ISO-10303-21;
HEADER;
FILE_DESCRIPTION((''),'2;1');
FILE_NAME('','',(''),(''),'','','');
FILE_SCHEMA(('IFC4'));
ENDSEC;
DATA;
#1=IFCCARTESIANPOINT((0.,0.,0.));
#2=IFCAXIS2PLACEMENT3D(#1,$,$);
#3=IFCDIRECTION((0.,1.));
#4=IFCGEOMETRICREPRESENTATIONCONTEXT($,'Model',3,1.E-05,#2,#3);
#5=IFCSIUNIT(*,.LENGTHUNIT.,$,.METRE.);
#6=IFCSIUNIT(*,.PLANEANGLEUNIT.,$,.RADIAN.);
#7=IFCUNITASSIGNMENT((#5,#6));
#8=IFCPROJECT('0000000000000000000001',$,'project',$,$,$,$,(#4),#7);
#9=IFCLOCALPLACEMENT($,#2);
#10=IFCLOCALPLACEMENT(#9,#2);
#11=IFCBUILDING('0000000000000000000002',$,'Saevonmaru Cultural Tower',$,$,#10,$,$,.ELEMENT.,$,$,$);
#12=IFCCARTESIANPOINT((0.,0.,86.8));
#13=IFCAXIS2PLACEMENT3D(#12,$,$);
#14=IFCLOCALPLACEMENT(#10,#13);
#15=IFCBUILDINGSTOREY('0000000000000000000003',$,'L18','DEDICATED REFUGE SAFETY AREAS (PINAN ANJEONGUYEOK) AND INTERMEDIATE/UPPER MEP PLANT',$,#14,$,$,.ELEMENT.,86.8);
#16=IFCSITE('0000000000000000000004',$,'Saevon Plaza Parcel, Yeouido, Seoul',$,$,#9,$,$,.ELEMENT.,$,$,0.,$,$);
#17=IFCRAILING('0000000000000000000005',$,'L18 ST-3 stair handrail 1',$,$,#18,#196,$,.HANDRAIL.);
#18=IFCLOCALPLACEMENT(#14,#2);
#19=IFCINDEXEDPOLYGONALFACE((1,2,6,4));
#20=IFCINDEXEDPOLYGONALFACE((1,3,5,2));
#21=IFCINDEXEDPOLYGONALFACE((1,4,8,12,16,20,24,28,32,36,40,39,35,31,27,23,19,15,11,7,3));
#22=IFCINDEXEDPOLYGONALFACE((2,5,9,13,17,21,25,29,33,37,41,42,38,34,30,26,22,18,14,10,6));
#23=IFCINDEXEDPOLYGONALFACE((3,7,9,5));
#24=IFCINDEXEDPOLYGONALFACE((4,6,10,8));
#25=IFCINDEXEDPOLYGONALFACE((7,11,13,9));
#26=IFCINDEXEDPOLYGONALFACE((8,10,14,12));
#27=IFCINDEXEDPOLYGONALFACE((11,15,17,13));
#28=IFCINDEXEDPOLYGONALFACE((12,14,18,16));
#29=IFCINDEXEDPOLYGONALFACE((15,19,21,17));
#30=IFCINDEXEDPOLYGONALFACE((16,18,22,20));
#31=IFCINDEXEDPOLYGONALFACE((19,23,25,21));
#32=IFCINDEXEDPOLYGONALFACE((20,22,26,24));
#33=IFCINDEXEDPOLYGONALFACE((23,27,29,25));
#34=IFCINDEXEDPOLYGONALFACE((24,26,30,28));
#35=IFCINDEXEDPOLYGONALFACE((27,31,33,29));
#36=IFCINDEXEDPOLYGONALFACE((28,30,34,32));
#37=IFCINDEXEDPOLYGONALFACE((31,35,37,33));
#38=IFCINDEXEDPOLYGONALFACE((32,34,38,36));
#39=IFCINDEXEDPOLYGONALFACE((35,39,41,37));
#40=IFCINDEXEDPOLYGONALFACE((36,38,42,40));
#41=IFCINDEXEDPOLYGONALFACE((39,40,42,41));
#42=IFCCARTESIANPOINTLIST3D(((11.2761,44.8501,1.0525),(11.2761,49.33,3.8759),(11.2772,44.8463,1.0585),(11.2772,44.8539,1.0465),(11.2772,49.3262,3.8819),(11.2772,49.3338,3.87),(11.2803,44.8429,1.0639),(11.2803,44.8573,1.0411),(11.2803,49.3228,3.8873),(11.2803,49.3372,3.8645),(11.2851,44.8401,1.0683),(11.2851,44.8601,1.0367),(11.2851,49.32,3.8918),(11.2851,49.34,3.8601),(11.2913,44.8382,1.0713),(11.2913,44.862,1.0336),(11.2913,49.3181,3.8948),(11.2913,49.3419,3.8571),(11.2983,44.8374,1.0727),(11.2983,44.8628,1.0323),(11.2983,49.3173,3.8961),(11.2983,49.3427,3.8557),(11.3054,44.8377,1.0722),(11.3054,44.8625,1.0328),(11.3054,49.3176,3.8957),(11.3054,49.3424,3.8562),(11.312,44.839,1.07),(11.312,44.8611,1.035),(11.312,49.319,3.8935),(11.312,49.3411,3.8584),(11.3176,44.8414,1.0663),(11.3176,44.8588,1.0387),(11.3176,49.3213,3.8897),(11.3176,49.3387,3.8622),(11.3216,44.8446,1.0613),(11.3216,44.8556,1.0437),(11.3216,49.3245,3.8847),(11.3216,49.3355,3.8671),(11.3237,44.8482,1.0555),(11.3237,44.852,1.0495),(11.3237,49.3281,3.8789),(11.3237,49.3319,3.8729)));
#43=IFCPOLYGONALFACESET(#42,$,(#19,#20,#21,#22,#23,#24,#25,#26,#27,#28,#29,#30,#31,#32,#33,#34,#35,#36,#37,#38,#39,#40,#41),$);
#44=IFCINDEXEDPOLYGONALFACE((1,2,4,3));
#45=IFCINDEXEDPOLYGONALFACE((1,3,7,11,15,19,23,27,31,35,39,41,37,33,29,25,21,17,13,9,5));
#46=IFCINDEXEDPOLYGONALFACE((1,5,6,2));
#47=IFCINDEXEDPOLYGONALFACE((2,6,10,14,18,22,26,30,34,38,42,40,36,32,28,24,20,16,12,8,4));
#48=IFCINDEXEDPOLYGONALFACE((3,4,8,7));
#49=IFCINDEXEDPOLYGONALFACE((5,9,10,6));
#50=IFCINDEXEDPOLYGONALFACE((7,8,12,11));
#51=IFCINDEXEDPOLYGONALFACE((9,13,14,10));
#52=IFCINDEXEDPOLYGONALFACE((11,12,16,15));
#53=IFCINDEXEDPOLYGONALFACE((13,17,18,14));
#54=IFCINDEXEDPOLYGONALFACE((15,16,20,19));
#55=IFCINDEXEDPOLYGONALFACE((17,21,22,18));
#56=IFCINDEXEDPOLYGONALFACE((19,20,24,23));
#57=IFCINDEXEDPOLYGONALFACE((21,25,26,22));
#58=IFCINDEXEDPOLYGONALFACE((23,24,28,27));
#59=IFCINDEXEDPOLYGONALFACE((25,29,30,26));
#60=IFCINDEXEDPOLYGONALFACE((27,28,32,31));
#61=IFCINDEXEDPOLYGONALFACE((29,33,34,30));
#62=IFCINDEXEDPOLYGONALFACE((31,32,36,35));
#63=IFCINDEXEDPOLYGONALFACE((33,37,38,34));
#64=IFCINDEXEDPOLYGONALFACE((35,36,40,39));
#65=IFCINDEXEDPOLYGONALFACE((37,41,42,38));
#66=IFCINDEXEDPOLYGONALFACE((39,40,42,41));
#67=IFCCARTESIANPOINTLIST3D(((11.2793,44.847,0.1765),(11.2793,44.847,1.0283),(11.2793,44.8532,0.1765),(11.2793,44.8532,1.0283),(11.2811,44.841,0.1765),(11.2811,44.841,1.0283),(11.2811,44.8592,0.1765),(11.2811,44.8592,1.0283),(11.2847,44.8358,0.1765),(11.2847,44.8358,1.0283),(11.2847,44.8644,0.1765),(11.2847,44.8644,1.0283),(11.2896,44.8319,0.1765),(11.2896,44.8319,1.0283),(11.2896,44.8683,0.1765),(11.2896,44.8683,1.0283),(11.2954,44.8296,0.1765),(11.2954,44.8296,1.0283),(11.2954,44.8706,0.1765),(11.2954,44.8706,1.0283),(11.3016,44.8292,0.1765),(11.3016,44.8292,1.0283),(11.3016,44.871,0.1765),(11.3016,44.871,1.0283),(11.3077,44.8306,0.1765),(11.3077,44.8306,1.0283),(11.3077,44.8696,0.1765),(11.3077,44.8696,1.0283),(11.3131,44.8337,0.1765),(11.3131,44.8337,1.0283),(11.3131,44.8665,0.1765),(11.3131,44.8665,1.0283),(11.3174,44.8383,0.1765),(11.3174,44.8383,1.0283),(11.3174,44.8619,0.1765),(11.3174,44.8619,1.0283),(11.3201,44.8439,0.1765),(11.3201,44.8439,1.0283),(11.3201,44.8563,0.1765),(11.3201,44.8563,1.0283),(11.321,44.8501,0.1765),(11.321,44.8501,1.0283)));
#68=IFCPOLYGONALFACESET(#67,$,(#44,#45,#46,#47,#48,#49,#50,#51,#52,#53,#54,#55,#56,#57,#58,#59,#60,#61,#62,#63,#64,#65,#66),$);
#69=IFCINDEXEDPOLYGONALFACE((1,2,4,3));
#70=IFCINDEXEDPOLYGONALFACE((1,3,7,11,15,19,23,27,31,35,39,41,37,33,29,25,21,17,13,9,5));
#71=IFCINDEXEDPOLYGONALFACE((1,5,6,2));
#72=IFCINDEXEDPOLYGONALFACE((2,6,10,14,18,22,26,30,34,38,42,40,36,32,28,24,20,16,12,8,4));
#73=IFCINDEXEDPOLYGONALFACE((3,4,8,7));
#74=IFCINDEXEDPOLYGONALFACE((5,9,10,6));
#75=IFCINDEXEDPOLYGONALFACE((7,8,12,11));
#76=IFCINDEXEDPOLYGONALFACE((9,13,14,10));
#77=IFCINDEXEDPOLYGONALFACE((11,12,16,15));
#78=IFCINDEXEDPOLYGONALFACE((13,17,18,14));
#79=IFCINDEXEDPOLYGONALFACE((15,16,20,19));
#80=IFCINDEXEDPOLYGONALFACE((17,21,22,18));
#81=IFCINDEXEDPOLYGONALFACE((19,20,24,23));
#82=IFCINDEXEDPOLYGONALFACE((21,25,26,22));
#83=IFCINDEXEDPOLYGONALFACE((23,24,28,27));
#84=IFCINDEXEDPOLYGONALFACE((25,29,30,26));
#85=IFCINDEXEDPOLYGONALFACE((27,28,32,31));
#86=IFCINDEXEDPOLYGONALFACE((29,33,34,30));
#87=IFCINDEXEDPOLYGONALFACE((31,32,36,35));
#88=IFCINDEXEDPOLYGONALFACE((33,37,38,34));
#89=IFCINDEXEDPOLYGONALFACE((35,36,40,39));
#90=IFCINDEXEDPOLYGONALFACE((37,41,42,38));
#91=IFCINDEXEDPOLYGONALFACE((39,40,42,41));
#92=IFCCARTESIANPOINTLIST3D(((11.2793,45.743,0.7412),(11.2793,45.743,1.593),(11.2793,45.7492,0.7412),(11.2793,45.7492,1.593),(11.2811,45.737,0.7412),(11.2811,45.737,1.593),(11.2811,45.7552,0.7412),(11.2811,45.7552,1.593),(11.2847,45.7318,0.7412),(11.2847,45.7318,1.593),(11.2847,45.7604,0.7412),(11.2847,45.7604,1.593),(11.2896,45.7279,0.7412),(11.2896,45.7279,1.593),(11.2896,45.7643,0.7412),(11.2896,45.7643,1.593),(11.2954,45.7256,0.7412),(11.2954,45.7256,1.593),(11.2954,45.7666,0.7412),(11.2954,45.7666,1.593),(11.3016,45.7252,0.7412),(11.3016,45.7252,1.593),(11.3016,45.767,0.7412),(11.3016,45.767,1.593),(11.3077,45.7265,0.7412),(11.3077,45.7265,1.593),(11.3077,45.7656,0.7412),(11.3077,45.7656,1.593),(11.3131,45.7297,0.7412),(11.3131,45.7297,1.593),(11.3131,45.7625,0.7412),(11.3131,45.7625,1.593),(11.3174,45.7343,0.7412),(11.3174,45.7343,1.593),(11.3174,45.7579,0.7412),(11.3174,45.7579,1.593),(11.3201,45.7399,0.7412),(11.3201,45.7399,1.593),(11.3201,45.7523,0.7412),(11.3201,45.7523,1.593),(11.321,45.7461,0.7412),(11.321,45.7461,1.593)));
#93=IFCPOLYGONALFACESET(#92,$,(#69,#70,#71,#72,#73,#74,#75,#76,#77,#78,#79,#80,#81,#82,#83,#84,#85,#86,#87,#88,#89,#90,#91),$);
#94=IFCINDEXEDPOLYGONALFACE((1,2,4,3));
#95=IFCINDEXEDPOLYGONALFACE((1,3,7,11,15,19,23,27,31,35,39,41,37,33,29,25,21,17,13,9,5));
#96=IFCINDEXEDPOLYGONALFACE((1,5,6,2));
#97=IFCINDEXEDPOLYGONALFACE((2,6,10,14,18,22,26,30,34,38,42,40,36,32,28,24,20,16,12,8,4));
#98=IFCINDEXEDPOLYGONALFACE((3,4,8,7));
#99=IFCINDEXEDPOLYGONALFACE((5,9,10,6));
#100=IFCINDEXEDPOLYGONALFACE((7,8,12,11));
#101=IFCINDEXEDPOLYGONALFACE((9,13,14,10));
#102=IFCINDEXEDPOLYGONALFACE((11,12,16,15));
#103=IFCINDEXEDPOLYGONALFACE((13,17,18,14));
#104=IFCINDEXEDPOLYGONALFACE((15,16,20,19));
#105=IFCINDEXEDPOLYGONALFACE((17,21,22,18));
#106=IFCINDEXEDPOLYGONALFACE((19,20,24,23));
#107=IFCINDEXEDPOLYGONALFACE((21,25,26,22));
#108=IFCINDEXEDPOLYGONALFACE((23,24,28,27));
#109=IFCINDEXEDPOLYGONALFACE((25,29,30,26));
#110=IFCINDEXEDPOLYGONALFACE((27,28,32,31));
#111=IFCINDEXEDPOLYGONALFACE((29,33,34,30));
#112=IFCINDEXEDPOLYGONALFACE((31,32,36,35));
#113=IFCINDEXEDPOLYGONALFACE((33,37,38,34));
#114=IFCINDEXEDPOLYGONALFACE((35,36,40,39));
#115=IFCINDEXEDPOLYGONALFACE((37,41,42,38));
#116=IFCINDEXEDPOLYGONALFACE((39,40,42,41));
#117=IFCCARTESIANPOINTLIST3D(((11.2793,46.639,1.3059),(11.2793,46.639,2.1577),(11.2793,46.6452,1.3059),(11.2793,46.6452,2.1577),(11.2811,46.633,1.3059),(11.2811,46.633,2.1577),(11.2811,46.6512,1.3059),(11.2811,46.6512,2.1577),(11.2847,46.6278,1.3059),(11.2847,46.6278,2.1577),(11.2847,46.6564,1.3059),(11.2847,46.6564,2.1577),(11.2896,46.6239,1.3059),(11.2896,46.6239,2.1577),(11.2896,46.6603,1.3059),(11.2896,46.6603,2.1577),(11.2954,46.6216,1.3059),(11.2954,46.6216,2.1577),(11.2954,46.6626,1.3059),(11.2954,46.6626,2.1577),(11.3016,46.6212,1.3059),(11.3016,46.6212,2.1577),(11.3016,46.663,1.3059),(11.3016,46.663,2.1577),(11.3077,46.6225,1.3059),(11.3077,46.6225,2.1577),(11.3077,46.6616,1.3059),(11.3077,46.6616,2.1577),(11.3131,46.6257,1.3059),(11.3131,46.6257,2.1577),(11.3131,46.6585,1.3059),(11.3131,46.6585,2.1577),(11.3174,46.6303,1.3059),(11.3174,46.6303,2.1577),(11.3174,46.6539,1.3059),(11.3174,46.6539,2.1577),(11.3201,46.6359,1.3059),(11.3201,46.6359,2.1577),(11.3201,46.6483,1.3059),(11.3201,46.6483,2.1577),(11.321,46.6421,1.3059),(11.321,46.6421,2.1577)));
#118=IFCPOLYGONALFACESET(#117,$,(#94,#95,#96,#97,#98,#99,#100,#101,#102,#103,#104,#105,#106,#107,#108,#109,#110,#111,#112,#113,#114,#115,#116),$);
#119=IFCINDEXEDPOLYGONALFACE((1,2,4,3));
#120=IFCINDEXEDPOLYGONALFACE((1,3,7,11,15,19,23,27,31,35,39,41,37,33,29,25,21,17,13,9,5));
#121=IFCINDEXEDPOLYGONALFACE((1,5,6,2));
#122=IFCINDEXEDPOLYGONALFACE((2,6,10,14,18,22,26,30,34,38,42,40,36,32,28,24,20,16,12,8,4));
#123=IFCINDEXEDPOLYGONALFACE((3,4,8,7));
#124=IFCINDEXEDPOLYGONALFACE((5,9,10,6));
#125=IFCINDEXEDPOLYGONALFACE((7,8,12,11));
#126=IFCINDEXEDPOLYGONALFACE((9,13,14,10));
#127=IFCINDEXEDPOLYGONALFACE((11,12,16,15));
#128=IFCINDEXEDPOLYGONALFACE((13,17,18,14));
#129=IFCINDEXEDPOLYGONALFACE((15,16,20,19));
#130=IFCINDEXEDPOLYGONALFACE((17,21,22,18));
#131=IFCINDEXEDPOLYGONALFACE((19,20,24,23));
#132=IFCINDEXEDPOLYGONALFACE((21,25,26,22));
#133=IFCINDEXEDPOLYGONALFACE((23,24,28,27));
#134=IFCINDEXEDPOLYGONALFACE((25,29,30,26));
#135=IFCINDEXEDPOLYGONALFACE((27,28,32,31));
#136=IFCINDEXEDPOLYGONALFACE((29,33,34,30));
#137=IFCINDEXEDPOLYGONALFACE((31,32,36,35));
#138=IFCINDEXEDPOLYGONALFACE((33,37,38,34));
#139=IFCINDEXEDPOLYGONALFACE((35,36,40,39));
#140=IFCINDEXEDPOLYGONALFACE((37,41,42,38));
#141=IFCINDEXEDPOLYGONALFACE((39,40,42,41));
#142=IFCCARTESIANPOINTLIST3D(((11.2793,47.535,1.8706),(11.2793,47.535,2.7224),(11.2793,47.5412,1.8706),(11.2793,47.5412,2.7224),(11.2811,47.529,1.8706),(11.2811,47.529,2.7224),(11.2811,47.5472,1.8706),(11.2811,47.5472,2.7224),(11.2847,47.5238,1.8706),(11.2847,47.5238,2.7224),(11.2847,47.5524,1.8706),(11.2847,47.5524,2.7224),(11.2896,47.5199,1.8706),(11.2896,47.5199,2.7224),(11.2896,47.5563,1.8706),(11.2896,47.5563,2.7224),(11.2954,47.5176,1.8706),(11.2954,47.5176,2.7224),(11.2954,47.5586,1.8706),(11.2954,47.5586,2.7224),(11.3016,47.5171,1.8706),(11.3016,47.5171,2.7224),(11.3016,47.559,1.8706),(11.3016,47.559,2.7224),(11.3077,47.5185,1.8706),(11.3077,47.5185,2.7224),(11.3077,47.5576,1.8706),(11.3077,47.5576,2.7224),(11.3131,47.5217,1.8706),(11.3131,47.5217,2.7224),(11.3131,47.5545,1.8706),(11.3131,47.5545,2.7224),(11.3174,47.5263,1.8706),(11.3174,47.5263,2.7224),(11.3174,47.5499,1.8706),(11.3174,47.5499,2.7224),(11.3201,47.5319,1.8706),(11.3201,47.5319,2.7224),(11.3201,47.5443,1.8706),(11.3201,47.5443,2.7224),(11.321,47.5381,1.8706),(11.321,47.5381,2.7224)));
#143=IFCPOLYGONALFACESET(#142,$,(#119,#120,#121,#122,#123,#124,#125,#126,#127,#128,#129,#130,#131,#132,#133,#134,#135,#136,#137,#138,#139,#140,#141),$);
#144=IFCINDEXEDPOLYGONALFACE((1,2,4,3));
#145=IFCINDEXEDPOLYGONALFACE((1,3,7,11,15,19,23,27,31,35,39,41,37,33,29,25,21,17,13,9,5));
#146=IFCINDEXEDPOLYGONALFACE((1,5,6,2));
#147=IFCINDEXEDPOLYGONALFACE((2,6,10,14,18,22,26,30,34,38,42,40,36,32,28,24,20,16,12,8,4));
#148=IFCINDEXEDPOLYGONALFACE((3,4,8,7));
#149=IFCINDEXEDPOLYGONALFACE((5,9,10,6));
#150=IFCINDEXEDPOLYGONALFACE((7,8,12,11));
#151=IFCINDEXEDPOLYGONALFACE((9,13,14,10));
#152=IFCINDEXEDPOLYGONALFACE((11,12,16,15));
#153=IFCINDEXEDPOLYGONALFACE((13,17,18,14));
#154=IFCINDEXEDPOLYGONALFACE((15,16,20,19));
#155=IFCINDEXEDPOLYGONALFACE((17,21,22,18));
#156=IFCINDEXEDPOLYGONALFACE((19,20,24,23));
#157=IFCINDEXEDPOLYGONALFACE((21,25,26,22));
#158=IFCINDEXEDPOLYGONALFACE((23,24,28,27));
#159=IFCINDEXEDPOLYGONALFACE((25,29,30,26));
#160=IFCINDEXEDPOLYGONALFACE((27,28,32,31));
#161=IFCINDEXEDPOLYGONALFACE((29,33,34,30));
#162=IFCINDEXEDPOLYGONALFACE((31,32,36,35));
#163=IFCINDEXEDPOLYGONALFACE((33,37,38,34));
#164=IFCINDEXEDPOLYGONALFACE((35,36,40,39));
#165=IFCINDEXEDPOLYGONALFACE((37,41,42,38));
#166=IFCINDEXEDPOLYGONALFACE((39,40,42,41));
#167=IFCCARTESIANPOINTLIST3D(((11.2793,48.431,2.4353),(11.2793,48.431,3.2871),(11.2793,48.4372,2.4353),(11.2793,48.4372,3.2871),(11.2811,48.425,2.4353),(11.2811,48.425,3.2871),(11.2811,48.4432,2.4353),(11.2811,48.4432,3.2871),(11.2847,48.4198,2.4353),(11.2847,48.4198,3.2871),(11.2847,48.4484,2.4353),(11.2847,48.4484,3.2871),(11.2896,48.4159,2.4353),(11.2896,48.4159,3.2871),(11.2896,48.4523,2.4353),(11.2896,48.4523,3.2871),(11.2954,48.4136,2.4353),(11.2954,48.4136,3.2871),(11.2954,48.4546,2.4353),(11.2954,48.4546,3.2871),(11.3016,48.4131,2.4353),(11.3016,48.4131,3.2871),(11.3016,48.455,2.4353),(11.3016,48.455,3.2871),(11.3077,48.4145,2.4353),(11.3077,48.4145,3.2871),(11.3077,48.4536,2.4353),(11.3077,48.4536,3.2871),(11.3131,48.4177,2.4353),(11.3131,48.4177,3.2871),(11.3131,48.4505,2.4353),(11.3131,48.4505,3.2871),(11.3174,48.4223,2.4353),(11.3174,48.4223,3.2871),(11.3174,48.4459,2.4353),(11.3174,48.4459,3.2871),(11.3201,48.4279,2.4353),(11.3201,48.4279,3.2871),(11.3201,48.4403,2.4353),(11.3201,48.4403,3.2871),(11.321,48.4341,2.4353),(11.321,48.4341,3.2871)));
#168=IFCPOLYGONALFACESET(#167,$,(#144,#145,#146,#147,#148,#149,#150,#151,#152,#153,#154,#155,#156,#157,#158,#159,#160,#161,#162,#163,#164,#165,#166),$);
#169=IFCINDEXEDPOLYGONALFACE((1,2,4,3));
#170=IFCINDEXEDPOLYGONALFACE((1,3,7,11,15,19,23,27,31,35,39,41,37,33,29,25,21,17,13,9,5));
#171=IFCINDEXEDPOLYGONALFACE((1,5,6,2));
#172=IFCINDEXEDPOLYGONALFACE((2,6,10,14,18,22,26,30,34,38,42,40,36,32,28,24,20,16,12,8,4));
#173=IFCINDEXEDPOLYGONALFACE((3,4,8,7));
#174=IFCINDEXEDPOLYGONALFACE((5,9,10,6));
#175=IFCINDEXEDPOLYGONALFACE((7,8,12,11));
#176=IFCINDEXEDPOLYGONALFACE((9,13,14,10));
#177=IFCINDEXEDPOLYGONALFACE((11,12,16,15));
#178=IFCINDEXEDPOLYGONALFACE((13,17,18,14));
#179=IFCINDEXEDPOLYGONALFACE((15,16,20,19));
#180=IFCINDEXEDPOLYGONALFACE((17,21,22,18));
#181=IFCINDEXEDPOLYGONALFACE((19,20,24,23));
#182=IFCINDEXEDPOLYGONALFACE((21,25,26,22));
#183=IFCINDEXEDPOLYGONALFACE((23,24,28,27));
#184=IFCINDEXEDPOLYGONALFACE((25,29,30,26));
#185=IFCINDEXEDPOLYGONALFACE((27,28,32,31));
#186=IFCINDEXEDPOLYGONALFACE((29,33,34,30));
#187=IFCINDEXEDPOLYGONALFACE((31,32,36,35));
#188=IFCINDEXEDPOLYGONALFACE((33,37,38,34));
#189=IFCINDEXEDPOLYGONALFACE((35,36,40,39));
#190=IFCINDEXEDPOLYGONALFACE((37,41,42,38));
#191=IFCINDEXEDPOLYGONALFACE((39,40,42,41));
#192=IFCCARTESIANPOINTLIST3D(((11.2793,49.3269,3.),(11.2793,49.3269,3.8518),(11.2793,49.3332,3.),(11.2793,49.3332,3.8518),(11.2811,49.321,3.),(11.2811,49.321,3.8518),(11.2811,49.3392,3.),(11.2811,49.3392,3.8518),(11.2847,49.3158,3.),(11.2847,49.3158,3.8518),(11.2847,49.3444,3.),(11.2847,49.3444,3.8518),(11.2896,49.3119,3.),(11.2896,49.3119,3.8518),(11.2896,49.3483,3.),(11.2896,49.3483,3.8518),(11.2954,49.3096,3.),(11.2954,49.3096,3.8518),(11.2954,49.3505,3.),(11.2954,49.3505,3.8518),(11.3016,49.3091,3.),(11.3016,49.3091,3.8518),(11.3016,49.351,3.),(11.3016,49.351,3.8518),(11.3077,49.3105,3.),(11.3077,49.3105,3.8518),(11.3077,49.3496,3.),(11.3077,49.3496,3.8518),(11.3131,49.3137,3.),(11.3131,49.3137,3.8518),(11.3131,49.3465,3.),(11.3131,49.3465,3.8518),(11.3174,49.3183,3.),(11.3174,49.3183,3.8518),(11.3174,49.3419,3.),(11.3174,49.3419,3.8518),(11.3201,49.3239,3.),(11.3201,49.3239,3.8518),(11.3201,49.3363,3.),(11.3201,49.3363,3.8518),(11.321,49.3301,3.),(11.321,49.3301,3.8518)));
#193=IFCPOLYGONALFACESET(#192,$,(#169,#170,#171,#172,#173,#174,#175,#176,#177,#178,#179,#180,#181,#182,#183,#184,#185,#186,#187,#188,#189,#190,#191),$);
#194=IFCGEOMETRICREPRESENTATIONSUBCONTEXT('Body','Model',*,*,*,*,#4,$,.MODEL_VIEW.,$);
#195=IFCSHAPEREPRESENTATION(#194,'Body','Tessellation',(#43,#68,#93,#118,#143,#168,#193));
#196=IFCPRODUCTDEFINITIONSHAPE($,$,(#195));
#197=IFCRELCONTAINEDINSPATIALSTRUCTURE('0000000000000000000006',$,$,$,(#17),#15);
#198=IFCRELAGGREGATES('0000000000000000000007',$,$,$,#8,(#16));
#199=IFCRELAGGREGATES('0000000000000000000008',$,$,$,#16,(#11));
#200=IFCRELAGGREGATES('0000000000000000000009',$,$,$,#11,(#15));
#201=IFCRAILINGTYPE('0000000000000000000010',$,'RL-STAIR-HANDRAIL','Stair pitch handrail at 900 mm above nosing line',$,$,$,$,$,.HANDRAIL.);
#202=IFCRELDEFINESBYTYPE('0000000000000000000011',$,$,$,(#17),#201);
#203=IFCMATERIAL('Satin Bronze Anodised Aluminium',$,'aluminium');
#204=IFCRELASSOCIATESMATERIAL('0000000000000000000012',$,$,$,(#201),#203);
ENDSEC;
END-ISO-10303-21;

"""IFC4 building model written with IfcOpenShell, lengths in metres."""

from ifc_helpers import new_model, si_unit, direction, frame, origin, origin_2d, place, context, subcontext, project, spatial, circle, extrude, material, type_object, element, save


model = new_model("IFC4")

# Units and contexts
model_context = context("Model", 3, precision=1e-05, world=origin(), true_north=direction((0.0, 1.0)))
body_context = subcontext(model_context, "Body", "Model", "MODEL_VIEW")
ifc_project = project(units=[si_unit("LENGTHUNIT", "METRE"), si_unit("PLANEANGLEUNIT", "RADIAN")], contexts=[model_context])

# Site, building, storey
site_placement = place(None, origin())
site = spatial("IfcSite", under=ifc_project, at=site_placement, Name="Saevon Plaza Parcel, Yeouido, Seoul", CompositionType="ELEMENT", RefElevation=0.0)
building_placement = place(site_placement, origin())
building = spatial("IfcBuilding", under=site, at=building_placement, Name="Saevonmaru Cultural Tower", CompositionType="ELEMENT")
storey_placement = place(building_placement, frame((0.0, 0.0, 86.8)))
storey = spatial("IfcBuildingStorey", under=building, at=storey_placement, Name="L18", Description="DEDICATED REFUGE SAFETY AREAS (PINAN ANJEONGUYEOK) AND INTERMEDIATE/UPPER MEP PLANT", CompositionType="ELEMENT", Elevation=86.8)

# Shared definitions
ifc_material_1 = material(Name="Satin Bronze Anodised Aluminium", Category="aluminium")

# Railing
railing_type_1 = type_object("IfcRailingType", Name="RL-STAIR-HANDRAIL", Description="Stair pitch handrail at 900 mm above nosing line", PredefinedType="HANDRAIL", material=ifc_material_1)
railing_1_placement = place(storey_placement, frame((11.3, 44.8501, 0.1765)))
element("IfcRailing", 1, at=railing_1_placement, inside=storey, type_object=railing_type_1, Name="L18 ST-3 stair handrail 1", PredefinedType="HANDRAIL", context=body_context, shape_type="SweptSolid", body=[
    extrude(circle(Radius=0.0239, at=origin_2d()), frame((0.0, 0.0, 0.876), z_axis=(0.0, 0.845998, 0.533186), x_axis=(-1.0, 0.0, 0.0)), (0.0, 0.0, 1.0), 5.2954),
    extrude(circle(Radius=0.021, at=origin_2d()), origin(), (0.0, 0.0, 1.0), 0.8518),
    extrude(circle(Radius=0.021, at=origin_2d()), frame((0.0, 0.896, 0.5647)), (0.0, 0.0, 1.0), 0.8518),
    extrude(circle(Radius=0.021, at=origin_2d()), frame((0.0, 1.792, 1.1294)), (0.0, 0.0, 1.0), 0.8518),
    extrude(circle(Radius=0.021, at=origin_2d()), frame((0.0, 2.688, 1.6941)), (0.0, 0.0, 1.0), 0.8518),
    extrude(circle(Radius=0.021, at=origin_2d()), frame((0.0, 3.584, 2.2588)), (0.0, 0.0, 1.0), 0.8518),
    extrude(circle(Radius=0.021, at=origin_2d()), frame((0.0, 4.48, 2.8235)), (0.0, 0.0, 1.0), 0.8518),
])

save(model, "model.ifc")
